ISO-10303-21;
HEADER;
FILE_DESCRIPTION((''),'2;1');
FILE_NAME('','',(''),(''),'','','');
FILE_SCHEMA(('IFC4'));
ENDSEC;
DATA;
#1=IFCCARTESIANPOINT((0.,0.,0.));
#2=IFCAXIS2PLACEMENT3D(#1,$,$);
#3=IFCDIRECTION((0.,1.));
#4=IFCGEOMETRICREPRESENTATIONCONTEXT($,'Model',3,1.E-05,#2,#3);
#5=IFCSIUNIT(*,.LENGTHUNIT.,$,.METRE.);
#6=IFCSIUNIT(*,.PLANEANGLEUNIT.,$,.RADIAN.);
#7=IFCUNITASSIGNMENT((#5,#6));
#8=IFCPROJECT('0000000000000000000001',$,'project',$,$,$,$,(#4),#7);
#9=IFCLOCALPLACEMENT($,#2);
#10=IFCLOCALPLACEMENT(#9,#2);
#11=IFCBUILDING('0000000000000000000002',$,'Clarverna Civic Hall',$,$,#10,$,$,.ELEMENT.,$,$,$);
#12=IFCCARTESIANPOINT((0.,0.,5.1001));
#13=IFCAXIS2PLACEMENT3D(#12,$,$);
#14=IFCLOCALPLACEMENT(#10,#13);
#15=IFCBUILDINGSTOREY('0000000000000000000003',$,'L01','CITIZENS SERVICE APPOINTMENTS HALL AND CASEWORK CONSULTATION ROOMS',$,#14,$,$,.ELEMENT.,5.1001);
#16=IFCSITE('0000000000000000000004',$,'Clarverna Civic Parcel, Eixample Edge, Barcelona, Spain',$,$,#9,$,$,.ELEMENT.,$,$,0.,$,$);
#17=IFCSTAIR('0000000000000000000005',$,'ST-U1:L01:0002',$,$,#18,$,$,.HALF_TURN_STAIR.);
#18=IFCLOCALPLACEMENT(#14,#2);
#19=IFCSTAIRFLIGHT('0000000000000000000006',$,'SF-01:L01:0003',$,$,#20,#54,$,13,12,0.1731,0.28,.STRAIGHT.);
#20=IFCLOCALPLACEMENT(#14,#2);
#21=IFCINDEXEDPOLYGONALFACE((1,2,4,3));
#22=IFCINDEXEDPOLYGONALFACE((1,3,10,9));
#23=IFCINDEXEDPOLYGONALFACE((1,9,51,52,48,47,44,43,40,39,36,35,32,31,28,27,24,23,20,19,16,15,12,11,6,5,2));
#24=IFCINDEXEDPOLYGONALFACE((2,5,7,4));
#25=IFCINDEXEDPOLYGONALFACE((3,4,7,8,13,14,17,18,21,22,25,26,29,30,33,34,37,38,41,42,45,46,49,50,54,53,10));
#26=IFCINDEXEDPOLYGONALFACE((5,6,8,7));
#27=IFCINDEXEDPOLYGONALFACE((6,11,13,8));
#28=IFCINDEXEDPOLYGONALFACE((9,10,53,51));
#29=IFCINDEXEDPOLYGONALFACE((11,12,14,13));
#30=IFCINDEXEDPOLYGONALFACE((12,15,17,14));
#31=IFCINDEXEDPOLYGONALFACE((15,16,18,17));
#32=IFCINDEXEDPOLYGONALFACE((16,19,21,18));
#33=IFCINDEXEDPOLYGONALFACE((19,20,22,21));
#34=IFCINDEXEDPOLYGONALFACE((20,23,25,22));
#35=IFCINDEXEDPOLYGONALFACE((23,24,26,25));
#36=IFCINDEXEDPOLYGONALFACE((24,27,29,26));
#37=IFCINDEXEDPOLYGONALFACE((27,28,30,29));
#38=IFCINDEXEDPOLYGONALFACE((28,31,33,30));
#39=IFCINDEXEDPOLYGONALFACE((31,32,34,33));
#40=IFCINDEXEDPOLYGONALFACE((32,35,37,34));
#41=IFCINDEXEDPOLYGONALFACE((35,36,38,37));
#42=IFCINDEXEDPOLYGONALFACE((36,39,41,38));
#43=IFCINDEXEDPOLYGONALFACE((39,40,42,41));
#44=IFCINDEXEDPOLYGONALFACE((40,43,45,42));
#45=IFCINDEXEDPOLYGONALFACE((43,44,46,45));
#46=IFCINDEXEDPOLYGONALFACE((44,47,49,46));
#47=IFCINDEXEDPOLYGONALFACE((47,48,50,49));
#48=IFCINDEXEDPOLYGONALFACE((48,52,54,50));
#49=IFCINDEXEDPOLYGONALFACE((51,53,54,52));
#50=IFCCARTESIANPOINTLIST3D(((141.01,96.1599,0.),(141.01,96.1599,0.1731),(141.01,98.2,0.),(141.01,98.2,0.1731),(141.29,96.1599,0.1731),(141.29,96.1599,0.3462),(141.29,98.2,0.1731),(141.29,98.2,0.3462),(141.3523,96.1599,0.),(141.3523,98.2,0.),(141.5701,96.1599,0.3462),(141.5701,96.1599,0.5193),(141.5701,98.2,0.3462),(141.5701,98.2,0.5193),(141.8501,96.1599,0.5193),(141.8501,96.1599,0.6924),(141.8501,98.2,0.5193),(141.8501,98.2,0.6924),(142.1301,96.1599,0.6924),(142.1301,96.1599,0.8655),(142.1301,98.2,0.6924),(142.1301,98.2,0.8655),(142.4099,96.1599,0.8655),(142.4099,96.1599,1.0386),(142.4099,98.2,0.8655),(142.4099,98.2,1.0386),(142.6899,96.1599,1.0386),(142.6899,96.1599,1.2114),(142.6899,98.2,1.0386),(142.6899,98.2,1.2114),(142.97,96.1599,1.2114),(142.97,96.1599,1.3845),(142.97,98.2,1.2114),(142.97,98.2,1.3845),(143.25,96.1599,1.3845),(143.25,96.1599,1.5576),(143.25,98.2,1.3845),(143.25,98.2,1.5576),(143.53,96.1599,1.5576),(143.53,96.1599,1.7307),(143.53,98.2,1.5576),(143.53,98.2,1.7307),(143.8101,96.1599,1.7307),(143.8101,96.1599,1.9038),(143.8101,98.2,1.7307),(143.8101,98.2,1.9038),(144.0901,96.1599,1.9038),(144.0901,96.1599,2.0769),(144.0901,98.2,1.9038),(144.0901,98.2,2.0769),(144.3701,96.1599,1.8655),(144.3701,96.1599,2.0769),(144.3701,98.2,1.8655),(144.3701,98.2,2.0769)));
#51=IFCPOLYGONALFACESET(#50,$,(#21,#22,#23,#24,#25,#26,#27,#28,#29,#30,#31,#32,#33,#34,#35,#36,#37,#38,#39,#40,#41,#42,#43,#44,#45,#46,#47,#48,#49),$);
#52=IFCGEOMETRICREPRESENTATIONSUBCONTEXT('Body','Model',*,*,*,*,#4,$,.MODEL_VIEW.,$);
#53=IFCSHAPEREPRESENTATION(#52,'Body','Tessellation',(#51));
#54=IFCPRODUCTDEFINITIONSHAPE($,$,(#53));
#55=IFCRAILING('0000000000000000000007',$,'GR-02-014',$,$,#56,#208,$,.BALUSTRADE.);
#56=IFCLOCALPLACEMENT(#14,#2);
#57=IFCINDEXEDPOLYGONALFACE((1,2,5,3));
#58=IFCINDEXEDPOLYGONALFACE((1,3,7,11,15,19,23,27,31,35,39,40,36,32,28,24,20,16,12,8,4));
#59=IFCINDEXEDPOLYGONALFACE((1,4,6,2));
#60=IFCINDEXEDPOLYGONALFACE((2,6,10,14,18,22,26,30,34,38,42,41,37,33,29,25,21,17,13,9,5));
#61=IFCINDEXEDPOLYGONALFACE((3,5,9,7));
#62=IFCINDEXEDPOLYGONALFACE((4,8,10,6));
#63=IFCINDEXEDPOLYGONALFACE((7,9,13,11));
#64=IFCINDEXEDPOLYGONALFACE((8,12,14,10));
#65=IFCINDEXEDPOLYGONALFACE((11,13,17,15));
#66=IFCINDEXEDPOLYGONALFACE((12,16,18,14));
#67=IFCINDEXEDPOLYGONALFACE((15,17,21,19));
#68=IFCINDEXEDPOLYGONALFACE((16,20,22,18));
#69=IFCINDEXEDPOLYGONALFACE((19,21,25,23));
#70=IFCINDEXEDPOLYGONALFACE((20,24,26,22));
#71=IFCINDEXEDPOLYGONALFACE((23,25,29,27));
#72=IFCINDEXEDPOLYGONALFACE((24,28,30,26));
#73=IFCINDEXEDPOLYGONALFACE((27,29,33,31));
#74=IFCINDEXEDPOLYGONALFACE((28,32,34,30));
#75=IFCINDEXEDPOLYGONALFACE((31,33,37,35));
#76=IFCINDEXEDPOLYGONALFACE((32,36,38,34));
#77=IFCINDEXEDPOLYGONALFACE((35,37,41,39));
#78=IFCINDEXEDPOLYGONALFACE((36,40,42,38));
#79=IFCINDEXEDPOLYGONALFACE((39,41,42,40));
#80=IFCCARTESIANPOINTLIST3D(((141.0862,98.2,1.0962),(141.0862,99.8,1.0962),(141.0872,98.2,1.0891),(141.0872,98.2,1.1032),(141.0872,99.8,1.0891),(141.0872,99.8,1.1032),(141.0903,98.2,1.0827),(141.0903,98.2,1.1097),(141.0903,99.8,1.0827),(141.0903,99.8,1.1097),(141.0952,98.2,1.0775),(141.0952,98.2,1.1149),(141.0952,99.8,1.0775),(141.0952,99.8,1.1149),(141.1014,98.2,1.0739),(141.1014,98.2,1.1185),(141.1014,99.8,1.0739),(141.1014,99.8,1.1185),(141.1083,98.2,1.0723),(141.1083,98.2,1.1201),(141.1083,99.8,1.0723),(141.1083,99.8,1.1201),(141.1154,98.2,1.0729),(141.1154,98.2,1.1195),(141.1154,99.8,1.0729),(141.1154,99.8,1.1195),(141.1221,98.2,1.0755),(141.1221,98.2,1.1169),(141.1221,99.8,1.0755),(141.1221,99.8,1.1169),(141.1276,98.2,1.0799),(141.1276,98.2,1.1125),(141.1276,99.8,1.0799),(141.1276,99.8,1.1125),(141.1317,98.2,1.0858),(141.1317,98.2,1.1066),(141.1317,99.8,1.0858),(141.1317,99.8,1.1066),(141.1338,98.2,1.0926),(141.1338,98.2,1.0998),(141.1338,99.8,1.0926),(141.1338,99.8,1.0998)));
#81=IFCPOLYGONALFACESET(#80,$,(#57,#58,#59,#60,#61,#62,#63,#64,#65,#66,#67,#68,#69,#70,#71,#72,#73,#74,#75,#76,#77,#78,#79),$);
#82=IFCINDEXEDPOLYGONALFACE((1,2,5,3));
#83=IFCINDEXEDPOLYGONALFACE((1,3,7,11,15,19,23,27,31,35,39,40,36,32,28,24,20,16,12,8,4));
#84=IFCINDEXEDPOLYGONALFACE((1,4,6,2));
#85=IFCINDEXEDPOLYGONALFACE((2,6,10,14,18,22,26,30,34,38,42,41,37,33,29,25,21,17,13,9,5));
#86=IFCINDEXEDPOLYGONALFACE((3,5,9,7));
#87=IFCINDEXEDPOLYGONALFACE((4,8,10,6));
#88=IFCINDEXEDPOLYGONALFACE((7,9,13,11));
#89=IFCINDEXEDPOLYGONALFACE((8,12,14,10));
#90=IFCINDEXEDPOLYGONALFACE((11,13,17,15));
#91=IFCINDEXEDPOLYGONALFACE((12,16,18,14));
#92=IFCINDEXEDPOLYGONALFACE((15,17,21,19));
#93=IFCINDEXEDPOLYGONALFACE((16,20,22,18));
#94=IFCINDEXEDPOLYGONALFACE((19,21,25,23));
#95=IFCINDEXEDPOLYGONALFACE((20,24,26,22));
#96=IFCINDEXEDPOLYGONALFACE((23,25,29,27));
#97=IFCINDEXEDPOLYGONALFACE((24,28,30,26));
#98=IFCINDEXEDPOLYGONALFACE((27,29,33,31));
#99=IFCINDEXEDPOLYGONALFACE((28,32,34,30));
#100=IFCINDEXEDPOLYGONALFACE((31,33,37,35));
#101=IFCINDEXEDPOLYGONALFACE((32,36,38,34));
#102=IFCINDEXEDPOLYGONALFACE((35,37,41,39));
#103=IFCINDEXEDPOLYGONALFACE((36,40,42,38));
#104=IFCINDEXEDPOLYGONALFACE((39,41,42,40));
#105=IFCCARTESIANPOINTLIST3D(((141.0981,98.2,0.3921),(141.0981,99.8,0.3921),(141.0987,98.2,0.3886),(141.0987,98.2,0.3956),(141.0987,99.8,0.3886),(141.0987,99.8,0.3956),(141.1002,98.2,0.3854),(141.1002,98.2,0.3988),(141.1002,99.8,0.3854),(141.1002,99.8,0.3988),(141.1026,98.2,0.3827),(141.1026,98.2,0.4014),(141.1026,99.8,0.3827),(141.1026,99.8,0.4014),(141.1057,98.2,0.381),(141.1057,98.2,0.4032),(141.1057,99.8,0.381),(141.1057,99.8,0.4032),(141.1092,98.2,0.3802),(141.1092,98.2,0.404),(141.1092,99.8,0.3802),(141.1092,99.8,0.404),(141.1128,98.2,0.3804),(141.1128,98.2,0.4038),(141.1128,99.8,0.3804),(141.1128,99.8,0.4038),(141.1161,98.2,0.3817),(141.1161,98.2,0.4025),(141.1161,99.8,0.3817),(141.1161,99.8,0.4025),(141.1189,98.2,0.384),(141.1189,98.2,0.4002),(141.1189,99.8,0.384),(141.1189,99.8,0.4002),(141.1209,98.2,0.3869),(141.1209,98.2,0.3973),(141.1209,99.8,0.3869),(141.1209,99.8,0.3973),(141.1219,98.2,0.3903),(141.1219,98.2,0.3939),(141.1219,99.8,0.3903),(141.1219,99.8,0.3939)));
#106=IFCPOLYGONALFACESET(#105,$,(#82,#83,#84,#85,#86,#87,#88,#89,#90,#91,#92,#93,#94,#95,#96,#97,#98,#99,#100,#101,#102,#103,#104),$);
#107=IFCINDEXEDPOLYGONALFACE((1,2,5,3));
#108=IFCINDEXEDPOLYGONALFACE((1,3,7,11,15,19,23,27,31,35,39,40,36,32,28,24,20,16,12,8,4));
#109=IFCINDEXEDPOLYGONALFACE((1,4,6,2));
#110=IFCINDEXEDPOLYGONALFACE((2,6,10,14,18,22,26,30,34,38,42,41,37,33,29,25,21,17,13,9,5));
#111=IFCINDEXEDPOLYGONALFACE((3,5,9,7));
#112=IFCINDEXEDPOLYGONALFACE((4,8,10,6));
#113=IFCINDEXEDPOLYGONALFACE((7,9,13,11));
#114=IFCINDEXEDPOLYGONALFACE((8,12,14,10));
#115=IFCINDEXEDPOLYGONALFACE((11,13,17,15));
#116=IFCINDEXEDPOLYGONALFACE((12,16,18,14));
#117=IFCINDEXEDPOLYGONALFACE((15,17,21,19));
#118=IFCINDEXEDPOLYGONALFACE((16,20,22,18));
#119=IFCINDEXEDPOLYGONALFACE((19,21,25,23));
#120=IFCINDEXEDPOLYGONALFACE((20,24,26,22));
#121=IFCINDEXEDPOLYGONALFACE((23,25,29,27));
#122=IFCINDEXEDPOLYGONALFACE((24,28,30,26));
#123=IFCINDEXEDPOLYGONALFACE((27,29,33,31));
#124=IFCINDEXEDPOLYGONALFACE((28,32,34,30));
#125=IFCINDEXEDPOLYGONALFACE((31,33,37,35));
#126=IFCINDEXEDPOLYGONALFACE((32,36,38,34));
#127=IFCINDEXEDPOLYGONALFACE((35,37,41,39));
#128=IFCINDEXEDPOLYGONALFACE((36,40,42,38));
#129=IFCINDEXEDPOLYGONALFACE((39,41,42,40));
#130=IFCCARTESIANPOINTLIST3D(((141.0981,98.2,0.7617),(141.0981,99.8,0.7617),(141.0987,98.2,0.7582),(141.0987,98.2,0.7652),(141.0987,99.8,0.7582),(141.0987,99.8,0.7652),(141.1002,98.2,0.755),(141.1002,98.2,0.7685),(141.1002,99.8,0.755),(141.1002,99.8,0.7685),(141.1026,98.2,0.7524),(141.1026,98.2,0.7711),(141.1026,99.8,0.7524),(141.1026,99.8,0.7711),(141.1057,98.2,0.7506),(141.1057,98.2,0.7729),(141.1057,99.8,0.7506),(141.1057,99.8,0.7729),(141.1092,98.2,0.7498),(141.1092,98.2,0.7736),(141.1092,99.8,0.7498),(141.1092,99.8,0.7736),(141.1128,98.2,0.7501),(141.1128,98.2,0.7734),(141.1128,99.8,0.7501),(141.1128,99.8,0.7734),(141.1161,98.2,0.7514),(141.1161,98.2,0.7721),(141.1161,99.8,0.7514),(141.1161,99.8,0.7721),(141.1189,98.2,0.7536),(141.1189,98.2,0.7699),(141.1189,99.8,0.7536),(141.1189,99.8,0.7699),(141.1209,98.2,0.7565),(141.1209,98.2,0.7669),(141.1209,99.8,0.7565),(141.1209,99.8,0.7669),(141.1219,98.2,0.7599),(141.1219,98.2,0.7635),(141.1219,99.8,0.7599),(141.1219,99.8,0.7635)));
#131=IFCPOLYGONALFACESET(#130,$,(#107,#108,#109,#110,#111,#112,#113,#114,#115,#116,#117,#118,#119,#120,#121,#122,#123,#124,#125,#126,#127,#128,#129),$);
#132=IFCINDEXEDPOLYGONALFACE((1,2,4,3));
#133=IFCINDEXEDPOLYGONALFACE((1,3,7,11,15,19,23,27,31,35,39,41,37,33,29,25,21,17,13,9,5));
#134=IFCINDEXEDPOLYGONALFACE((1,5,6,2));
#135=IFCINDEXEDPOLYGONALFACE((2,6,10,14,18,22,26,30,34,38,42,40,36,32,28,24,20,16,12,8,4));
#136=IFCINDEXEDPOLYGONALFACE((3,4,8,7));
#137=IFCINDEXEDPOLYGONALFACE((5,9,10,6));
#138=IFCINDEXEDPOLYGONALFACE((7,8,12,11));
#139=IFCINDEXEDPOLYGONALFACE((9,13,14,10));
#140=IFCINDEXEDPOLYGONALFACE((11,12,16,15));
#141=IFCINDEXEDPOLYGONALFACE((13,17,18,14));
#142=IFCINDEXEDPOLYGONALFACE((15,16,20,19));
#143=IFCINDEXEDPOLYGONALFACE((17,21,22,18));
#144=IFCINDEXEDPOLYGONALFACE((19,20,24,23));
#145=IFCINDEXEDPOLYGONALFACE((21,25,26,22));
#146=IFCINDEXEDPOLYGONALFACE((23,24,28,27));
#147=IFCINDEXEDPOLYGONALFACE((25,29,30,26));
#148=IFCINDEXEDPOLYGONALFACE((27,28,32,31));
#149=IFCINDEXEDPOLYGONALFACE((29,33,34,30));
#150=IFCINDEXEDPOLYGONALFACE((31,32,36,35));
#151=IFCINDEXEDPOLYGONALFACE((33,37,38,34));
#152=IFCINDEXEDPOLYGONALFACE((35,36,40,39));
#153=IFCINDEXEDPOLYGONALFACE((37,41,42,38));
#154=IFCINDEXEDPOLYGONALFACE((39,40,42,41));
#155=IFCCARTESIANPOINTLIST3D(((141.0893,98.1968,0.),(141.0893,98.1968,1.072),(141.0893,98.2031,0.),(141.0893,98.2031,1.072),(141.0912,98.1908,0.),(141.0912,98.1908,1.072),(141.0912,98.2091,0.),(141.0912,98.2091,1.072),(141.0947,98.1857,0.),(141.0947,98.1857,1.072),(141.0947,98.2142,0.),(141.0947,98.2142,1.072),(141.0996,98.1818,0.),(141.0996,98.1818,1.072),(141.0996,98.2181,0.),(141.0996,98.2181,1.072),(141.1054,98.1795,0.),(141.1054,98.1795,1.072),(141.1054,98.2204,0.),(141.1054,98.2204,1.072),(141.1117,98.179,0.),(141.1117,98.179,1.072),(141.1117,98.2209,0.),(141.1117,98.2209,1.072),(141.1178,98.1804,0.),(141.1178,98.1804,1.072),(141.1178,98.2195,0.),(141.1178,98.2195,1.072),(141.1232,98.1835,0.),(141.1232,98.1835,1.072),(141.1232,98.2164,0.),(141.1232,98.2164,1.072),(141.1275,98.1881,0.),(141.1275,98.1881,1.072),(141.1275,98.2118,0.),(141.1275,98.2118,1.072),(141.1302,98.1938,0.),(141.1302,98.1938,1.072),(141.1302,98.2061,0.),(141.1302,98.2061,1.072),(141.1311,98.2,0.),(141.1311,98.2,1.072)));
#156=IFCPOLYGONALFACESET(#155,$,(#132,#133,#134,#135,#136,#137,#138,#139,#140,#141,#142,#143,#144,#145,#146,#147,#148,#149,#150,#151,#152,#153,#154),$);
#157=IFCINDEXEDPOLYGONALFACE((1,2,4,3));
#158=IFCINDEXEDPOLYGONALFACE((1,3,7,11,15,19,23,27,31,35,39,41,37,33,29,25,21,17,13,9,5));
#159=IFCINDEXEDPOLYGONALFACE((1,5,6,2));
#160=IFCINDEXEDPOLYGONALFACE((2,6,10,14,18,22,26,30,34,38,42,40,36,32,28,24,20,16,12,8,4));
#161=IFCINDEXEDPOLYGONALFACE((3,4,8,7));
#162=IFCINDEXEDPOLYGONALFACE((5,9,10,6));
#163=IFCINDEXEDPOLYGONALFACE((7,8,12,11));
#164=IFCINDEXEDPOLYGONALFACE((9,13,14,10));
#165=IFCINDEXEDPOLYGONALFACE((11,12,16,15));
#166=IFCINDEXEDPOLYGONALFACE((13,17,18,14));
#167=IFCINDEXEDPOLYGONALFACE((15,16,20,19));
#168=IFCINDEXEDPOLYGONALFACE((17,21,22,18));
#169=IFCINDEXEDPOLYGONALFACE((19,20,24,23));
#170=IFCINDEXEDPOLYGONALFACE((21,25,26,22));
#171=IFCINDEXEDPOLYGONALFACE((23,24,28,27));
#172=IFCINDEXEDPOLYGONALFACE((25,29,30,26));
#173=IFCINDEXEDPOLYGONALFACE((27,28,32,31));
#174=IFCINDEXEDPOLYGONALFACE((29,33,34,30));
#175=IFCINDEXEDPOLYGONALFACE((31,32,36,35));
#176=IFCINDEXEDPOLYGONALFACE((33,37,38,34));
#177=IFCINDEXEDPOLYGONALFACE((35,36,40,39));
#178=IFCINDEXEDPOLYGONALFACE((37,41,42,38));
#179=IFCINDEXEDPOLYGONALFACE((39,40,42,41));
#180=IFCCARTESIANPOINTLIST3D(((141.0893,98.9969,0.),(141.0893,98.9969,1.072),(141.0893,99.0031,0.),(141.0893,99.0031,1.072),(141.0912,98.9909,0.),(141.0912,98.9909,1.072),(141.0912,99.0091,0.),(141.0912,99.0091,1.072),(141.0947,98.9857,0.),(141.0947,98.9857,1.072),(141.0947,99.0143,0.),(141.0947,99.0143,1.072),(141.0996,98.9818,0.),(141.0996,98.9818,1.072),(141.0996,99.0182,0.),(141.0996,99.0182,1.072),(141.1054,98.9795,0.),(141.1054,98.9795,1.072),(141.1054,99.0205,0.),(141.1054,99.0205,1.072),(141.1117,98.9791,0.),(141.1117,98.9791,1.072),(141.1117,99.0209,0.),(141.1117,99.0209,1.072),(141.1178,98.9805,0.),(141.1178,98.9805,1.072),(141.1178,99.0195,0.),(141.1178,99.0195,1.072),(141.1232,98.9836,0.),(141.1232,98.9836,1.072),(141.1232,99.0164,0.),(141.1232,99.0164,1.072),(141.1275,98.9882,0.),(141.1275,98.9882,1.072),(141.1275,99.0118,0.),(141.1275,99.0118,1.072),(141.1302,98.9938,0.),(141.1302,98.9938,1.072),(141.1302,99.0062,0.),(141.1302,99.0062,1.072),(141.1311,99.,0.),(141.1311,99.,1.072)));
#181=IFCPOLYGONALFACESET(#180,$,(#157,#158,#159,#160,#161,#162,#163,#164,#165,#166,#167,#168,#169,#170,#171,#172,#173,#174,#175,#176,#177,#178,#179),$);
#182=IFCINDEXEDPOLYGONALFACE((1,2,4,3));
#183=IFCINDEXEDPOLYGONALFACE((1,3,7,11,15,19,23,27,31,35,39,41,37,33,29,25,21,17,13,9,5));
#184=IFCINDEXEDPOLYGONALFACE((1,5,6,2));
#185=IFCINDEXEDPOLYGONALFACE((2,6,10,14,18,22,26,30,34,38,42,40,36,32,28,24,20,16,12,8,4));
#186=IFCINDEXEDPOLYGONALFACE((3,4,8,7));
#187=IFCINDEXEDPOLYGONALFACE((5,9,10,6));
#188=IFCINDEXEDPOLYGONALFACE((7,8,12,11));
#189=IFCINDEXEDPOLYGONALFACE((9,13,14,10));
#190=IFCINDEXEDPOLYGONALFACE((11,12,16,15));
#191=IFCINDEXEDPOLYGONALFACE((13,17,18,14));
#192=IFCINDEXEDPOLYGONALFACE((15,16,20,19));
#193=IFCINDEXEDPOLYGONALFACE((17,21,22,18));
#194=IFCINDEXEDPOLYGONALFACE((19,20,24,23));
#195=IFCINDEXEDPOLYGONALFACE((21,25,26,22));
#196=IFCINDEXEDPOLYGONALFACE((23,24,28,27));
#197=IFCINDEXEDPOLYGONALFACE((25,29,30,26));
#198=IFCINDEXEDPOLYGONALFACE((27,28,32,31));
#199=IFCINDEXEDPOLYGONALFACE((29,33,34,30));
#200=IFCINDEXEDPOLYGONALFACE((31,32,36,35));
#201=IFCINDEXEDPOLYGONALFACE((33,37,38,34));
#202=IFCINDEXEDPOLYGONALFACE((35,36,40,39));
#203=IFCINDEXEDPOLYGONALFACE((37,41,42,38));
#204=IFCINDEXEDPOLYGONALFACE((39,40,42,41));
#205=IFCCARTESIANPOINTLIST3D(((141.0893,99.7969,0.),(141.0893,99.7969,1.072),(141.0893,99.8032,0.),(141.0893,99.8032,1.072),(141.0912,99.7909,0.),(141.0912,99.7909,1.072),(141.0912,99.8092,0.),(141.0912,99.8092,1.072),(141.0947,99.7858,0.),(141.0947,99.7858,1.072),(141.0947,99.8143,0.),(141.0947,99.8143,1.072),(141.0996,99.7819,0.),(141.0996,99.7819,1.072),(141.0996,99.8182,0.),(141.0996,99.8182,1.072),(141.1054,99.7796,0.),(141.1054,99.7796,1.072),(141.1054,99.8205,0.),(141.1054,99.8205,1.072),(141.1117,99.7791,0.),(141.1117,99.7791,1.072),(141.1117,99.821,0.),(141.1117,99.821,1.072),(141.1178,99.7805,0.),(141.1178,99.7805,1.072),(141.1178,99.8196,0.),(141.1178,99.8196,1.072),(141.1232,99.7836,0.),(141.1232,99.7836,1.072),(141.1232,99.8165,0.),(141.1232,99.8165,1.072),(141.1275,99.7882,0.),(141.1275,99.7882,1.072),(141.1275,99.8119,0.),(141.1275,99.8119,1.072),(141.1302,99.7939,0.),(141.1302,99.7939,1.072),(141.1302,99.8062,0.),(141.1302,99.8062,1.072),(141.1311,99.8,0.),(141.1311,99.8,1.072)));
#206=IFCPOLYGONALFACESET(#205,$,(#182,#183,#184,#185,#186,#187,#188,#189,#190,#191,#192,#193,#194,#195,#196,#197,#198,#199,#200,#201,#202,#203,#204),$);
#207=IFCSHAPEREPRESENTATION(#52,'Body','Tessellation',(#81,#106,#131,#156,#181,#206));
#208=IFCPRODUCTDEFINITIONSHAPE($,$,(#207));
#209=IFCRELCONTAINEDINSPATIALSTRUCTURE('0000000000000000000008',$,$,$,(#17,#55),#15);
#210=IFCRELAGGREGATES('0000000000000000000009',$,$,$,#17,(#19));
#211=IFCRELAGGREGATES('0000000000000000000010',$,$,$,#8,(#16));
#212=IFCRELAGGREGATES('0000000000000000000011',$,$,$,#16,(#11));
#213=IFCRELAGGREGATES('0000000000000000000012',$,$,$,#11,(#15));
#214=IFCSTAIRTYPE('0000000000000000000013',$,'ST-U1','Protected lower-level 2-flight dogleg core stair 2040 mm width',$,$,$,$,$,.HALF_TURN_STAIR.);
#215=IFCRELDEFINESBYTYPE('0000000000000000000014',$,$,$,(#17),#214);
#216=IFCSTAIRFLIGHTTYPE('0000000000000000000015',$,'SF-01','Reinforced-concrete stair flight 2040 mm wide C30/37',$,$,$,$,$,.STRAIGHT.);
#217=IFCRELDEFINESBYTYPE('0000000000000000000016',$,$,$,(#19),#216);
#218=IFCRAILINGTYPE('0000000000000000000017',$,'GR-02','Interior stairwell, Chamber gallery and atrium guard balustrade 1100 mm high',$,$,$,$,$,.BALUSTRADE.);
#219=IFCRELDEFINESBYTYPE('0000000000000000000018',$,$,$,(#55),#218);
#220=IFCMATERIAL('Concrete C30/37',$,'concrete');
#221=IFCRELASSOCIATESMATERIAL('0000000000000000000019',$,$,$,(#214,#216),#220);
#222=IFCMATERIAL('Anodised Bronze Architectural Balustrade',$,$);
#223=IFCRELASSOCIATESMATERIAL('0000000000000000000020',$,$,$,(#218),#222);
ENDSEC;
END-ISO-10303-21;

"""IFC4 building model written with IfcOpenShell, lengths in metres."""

from ifc_helpers import new_model, si_unit, direction, frame, origin, origin_2d, place, context, subcontext, project, spatial, polyline, circle, outline, extrude, material, type_object, element, aggregate, save


model = new_model("IFC4")

# Units and contexts
model_context = context("Model", 3, precision=1e-05, world=origin(), true_north=direction((0.0, 1.0)))
body_context = subcontext(model_context, "Body", "Model", "MODEL_VIEW")
ifc_project = project(units=[si_unit("LENGTHUNIT", "METRE"), si_unit("PLANEANGLEUNIT", "RADIAN")], contexts=[model_context])

# Site, building, storey
site_placement = place(None, origin())
site = spatial("IfcSite", under=ifc_project, at=site_placement, Name="Clarverna Civic Parcel, Eixample Edge, Barcelona, Spain", CompositionType="ELEMENT", RefElevation=0.0)
building_placement = place(site_placement, origin())
building = spatial("IfcBuilding", under=site, at=building_placement, Name="Clarverna Civic Hall", CompositionType="ELEMENT")
storey_placement = place(building_placement, frame((0.0, 0.0, 5.1001)))
storey = spatial("IfcBuildingStorey", under=building, at=storey_placement, Name="L01", Description="CITIZENS SERVICE APPOINTMENTS HALL AND CASEWORK CONSULTATION ROOMS", CompositionType="ELEMENT", Elevation=5.1001)

# Stair, stair flight
ifc_material_1 = material(Name="Concrete C30/37", Category="concrete")
stair_type = type_object("IfcStairType", Name="ST-U1", Description="Protected lower-level 2-flight dogleg core stair 2040 mm width", PredefinedType="HALF_TURN_STAIR", material=ifc_material_1)
stair_placement = place(storey_placement, origin())
stair = element("IfcStair", 1, at=stair_placement, inside=storey, type_object=stair_type, Name="ST-U1:L01:0002", PredefinedType="HALF_TURN_STAIR")
stair_flight_type = type_object("IfcStairFlightType", Name="SF-01", Description="Reinforced-concrete stair flight 2040 mm wide C30/37", PredefinedType="STRAIGHT", material=ifc_material_1)
stair_flight_placement = place(storey_placement, frame((141.01, 97.1799, 0.0), z_axis=(0.0, 0.0, 1.0), x_axis=(1.0, 0.0, 0.0)))
stair_flight = element("IfcStairFlight", 2, at=stair_flight_placement, type_object=stair_flight_type, Name="SF-01:L01:0003", NumberOfRisers=13, NumberOfTreads=12, PredefinedType="STRAIGHT", RiserHeight=0.1731, TreadLength=0.28, context=body_context, shape_type="SweptSolid", body=[
    extrude(outline(polyline([(0.0, 0.0), (0.0, 0.1731), (0.28, 0.1731), (0.28, 0.3462), (0.5601, 0.3462), (0.5601, 0.5193), (0.8401, 0.5193), (0.8401, 0.6924), (1.1201, 0.6924), (1.1201, 0.8655), (1.3999, 0.8655), (1.3999, 1.0386), (1.6799, 1.0386), (1.6799, 1.2114), (1.96, 1.2114), (1.96, 1.3845), (2.24, 1.3845), (2.24, 1.5576), (2.52, 1.5576), (2.52, 1.7307), (2.8, 1.7307), (2.8, 1.9038), (3.0801, 1.9038), (3.0801, 2.0769), (3.3601, 2.0769), (3.3601, 2.25), (3.3601, 1.8655), (0.3423, 0.0), (0.0, 0.0)])), frame((0.0, 1.02, 0.0), z_axis=(0.0, -1.0, 0.0), x_axis=(1.0, 0.0, 0.0)), (0.0, 0.0, 1.0), 2.04),
])
aggregate(stair, [stair_flight])

# Railing
ifc_material_2 = material(Name="Anodised Bronze Architectural Balustrade")
railing_type_1 = type_object("IfcRailingType", Name="GR-02", Description="Interior stairwell, Chamber gallery and atrium guard balustrade 1100 mm high", PredefinedType="BALUSTRADE", material=ifc_material_2)
railing_1_placement = place(storey_placement, frame((141.1101, 98.2, 0.0)))
element("IfcRailing", 3, at=railing_1_placement, inside=storey, type_object=railing_type_1, Name="GR-02-014", PredefinedType="BALUSTRADE", context=body_context, shape_type="SweptSolid", body=[
    extrude(circle(Radius=0.0239, at=origin_2d()), frame((0.0, 0.0, 1.0962), z_axis=(0.0, 1.0, 0.0), x_axis=(-1.0, 0.0, 0.0)), (0.0, 0.0, 1.0), 1.6001),
    extrude(circle(Radius=0.012, at=origin_2d()), frame((0.0, 0.0, 0.3921), z_axis=(0.0, 1.0, 0.0), x_axis=(-1.0, 0.0, 0.0)), (0.0, 0.0, 1.0), 1.6001),
    extrude(circle(Radius=0.012, at=origin_2d()), frame((0.0, 0.0, 0.7617), z_axis=(0.0, 1.0, 0.0), x_axis=(-1.0, 0.0, 0.0)), (0.0, 0.0, 1.0), 1.6001),
    extrude(circle(Radius=0.021, at=origin_2d()), origin(), (0.0, 0.0, 1.0), 1.072),
    extrude(circle(Radius=0.021, at=origin_2d()), frame((0.0, 0.8, 0.0)), (0.0, 0.0, 1.0), 1.072),
    extrude(circle(Radius=0.021, at=origin_2d()), frame((0.0, 1.6001, 0.0)), (0.0, 0.0, 1.0), 1.072),
])

save(model, "model.ifc")
